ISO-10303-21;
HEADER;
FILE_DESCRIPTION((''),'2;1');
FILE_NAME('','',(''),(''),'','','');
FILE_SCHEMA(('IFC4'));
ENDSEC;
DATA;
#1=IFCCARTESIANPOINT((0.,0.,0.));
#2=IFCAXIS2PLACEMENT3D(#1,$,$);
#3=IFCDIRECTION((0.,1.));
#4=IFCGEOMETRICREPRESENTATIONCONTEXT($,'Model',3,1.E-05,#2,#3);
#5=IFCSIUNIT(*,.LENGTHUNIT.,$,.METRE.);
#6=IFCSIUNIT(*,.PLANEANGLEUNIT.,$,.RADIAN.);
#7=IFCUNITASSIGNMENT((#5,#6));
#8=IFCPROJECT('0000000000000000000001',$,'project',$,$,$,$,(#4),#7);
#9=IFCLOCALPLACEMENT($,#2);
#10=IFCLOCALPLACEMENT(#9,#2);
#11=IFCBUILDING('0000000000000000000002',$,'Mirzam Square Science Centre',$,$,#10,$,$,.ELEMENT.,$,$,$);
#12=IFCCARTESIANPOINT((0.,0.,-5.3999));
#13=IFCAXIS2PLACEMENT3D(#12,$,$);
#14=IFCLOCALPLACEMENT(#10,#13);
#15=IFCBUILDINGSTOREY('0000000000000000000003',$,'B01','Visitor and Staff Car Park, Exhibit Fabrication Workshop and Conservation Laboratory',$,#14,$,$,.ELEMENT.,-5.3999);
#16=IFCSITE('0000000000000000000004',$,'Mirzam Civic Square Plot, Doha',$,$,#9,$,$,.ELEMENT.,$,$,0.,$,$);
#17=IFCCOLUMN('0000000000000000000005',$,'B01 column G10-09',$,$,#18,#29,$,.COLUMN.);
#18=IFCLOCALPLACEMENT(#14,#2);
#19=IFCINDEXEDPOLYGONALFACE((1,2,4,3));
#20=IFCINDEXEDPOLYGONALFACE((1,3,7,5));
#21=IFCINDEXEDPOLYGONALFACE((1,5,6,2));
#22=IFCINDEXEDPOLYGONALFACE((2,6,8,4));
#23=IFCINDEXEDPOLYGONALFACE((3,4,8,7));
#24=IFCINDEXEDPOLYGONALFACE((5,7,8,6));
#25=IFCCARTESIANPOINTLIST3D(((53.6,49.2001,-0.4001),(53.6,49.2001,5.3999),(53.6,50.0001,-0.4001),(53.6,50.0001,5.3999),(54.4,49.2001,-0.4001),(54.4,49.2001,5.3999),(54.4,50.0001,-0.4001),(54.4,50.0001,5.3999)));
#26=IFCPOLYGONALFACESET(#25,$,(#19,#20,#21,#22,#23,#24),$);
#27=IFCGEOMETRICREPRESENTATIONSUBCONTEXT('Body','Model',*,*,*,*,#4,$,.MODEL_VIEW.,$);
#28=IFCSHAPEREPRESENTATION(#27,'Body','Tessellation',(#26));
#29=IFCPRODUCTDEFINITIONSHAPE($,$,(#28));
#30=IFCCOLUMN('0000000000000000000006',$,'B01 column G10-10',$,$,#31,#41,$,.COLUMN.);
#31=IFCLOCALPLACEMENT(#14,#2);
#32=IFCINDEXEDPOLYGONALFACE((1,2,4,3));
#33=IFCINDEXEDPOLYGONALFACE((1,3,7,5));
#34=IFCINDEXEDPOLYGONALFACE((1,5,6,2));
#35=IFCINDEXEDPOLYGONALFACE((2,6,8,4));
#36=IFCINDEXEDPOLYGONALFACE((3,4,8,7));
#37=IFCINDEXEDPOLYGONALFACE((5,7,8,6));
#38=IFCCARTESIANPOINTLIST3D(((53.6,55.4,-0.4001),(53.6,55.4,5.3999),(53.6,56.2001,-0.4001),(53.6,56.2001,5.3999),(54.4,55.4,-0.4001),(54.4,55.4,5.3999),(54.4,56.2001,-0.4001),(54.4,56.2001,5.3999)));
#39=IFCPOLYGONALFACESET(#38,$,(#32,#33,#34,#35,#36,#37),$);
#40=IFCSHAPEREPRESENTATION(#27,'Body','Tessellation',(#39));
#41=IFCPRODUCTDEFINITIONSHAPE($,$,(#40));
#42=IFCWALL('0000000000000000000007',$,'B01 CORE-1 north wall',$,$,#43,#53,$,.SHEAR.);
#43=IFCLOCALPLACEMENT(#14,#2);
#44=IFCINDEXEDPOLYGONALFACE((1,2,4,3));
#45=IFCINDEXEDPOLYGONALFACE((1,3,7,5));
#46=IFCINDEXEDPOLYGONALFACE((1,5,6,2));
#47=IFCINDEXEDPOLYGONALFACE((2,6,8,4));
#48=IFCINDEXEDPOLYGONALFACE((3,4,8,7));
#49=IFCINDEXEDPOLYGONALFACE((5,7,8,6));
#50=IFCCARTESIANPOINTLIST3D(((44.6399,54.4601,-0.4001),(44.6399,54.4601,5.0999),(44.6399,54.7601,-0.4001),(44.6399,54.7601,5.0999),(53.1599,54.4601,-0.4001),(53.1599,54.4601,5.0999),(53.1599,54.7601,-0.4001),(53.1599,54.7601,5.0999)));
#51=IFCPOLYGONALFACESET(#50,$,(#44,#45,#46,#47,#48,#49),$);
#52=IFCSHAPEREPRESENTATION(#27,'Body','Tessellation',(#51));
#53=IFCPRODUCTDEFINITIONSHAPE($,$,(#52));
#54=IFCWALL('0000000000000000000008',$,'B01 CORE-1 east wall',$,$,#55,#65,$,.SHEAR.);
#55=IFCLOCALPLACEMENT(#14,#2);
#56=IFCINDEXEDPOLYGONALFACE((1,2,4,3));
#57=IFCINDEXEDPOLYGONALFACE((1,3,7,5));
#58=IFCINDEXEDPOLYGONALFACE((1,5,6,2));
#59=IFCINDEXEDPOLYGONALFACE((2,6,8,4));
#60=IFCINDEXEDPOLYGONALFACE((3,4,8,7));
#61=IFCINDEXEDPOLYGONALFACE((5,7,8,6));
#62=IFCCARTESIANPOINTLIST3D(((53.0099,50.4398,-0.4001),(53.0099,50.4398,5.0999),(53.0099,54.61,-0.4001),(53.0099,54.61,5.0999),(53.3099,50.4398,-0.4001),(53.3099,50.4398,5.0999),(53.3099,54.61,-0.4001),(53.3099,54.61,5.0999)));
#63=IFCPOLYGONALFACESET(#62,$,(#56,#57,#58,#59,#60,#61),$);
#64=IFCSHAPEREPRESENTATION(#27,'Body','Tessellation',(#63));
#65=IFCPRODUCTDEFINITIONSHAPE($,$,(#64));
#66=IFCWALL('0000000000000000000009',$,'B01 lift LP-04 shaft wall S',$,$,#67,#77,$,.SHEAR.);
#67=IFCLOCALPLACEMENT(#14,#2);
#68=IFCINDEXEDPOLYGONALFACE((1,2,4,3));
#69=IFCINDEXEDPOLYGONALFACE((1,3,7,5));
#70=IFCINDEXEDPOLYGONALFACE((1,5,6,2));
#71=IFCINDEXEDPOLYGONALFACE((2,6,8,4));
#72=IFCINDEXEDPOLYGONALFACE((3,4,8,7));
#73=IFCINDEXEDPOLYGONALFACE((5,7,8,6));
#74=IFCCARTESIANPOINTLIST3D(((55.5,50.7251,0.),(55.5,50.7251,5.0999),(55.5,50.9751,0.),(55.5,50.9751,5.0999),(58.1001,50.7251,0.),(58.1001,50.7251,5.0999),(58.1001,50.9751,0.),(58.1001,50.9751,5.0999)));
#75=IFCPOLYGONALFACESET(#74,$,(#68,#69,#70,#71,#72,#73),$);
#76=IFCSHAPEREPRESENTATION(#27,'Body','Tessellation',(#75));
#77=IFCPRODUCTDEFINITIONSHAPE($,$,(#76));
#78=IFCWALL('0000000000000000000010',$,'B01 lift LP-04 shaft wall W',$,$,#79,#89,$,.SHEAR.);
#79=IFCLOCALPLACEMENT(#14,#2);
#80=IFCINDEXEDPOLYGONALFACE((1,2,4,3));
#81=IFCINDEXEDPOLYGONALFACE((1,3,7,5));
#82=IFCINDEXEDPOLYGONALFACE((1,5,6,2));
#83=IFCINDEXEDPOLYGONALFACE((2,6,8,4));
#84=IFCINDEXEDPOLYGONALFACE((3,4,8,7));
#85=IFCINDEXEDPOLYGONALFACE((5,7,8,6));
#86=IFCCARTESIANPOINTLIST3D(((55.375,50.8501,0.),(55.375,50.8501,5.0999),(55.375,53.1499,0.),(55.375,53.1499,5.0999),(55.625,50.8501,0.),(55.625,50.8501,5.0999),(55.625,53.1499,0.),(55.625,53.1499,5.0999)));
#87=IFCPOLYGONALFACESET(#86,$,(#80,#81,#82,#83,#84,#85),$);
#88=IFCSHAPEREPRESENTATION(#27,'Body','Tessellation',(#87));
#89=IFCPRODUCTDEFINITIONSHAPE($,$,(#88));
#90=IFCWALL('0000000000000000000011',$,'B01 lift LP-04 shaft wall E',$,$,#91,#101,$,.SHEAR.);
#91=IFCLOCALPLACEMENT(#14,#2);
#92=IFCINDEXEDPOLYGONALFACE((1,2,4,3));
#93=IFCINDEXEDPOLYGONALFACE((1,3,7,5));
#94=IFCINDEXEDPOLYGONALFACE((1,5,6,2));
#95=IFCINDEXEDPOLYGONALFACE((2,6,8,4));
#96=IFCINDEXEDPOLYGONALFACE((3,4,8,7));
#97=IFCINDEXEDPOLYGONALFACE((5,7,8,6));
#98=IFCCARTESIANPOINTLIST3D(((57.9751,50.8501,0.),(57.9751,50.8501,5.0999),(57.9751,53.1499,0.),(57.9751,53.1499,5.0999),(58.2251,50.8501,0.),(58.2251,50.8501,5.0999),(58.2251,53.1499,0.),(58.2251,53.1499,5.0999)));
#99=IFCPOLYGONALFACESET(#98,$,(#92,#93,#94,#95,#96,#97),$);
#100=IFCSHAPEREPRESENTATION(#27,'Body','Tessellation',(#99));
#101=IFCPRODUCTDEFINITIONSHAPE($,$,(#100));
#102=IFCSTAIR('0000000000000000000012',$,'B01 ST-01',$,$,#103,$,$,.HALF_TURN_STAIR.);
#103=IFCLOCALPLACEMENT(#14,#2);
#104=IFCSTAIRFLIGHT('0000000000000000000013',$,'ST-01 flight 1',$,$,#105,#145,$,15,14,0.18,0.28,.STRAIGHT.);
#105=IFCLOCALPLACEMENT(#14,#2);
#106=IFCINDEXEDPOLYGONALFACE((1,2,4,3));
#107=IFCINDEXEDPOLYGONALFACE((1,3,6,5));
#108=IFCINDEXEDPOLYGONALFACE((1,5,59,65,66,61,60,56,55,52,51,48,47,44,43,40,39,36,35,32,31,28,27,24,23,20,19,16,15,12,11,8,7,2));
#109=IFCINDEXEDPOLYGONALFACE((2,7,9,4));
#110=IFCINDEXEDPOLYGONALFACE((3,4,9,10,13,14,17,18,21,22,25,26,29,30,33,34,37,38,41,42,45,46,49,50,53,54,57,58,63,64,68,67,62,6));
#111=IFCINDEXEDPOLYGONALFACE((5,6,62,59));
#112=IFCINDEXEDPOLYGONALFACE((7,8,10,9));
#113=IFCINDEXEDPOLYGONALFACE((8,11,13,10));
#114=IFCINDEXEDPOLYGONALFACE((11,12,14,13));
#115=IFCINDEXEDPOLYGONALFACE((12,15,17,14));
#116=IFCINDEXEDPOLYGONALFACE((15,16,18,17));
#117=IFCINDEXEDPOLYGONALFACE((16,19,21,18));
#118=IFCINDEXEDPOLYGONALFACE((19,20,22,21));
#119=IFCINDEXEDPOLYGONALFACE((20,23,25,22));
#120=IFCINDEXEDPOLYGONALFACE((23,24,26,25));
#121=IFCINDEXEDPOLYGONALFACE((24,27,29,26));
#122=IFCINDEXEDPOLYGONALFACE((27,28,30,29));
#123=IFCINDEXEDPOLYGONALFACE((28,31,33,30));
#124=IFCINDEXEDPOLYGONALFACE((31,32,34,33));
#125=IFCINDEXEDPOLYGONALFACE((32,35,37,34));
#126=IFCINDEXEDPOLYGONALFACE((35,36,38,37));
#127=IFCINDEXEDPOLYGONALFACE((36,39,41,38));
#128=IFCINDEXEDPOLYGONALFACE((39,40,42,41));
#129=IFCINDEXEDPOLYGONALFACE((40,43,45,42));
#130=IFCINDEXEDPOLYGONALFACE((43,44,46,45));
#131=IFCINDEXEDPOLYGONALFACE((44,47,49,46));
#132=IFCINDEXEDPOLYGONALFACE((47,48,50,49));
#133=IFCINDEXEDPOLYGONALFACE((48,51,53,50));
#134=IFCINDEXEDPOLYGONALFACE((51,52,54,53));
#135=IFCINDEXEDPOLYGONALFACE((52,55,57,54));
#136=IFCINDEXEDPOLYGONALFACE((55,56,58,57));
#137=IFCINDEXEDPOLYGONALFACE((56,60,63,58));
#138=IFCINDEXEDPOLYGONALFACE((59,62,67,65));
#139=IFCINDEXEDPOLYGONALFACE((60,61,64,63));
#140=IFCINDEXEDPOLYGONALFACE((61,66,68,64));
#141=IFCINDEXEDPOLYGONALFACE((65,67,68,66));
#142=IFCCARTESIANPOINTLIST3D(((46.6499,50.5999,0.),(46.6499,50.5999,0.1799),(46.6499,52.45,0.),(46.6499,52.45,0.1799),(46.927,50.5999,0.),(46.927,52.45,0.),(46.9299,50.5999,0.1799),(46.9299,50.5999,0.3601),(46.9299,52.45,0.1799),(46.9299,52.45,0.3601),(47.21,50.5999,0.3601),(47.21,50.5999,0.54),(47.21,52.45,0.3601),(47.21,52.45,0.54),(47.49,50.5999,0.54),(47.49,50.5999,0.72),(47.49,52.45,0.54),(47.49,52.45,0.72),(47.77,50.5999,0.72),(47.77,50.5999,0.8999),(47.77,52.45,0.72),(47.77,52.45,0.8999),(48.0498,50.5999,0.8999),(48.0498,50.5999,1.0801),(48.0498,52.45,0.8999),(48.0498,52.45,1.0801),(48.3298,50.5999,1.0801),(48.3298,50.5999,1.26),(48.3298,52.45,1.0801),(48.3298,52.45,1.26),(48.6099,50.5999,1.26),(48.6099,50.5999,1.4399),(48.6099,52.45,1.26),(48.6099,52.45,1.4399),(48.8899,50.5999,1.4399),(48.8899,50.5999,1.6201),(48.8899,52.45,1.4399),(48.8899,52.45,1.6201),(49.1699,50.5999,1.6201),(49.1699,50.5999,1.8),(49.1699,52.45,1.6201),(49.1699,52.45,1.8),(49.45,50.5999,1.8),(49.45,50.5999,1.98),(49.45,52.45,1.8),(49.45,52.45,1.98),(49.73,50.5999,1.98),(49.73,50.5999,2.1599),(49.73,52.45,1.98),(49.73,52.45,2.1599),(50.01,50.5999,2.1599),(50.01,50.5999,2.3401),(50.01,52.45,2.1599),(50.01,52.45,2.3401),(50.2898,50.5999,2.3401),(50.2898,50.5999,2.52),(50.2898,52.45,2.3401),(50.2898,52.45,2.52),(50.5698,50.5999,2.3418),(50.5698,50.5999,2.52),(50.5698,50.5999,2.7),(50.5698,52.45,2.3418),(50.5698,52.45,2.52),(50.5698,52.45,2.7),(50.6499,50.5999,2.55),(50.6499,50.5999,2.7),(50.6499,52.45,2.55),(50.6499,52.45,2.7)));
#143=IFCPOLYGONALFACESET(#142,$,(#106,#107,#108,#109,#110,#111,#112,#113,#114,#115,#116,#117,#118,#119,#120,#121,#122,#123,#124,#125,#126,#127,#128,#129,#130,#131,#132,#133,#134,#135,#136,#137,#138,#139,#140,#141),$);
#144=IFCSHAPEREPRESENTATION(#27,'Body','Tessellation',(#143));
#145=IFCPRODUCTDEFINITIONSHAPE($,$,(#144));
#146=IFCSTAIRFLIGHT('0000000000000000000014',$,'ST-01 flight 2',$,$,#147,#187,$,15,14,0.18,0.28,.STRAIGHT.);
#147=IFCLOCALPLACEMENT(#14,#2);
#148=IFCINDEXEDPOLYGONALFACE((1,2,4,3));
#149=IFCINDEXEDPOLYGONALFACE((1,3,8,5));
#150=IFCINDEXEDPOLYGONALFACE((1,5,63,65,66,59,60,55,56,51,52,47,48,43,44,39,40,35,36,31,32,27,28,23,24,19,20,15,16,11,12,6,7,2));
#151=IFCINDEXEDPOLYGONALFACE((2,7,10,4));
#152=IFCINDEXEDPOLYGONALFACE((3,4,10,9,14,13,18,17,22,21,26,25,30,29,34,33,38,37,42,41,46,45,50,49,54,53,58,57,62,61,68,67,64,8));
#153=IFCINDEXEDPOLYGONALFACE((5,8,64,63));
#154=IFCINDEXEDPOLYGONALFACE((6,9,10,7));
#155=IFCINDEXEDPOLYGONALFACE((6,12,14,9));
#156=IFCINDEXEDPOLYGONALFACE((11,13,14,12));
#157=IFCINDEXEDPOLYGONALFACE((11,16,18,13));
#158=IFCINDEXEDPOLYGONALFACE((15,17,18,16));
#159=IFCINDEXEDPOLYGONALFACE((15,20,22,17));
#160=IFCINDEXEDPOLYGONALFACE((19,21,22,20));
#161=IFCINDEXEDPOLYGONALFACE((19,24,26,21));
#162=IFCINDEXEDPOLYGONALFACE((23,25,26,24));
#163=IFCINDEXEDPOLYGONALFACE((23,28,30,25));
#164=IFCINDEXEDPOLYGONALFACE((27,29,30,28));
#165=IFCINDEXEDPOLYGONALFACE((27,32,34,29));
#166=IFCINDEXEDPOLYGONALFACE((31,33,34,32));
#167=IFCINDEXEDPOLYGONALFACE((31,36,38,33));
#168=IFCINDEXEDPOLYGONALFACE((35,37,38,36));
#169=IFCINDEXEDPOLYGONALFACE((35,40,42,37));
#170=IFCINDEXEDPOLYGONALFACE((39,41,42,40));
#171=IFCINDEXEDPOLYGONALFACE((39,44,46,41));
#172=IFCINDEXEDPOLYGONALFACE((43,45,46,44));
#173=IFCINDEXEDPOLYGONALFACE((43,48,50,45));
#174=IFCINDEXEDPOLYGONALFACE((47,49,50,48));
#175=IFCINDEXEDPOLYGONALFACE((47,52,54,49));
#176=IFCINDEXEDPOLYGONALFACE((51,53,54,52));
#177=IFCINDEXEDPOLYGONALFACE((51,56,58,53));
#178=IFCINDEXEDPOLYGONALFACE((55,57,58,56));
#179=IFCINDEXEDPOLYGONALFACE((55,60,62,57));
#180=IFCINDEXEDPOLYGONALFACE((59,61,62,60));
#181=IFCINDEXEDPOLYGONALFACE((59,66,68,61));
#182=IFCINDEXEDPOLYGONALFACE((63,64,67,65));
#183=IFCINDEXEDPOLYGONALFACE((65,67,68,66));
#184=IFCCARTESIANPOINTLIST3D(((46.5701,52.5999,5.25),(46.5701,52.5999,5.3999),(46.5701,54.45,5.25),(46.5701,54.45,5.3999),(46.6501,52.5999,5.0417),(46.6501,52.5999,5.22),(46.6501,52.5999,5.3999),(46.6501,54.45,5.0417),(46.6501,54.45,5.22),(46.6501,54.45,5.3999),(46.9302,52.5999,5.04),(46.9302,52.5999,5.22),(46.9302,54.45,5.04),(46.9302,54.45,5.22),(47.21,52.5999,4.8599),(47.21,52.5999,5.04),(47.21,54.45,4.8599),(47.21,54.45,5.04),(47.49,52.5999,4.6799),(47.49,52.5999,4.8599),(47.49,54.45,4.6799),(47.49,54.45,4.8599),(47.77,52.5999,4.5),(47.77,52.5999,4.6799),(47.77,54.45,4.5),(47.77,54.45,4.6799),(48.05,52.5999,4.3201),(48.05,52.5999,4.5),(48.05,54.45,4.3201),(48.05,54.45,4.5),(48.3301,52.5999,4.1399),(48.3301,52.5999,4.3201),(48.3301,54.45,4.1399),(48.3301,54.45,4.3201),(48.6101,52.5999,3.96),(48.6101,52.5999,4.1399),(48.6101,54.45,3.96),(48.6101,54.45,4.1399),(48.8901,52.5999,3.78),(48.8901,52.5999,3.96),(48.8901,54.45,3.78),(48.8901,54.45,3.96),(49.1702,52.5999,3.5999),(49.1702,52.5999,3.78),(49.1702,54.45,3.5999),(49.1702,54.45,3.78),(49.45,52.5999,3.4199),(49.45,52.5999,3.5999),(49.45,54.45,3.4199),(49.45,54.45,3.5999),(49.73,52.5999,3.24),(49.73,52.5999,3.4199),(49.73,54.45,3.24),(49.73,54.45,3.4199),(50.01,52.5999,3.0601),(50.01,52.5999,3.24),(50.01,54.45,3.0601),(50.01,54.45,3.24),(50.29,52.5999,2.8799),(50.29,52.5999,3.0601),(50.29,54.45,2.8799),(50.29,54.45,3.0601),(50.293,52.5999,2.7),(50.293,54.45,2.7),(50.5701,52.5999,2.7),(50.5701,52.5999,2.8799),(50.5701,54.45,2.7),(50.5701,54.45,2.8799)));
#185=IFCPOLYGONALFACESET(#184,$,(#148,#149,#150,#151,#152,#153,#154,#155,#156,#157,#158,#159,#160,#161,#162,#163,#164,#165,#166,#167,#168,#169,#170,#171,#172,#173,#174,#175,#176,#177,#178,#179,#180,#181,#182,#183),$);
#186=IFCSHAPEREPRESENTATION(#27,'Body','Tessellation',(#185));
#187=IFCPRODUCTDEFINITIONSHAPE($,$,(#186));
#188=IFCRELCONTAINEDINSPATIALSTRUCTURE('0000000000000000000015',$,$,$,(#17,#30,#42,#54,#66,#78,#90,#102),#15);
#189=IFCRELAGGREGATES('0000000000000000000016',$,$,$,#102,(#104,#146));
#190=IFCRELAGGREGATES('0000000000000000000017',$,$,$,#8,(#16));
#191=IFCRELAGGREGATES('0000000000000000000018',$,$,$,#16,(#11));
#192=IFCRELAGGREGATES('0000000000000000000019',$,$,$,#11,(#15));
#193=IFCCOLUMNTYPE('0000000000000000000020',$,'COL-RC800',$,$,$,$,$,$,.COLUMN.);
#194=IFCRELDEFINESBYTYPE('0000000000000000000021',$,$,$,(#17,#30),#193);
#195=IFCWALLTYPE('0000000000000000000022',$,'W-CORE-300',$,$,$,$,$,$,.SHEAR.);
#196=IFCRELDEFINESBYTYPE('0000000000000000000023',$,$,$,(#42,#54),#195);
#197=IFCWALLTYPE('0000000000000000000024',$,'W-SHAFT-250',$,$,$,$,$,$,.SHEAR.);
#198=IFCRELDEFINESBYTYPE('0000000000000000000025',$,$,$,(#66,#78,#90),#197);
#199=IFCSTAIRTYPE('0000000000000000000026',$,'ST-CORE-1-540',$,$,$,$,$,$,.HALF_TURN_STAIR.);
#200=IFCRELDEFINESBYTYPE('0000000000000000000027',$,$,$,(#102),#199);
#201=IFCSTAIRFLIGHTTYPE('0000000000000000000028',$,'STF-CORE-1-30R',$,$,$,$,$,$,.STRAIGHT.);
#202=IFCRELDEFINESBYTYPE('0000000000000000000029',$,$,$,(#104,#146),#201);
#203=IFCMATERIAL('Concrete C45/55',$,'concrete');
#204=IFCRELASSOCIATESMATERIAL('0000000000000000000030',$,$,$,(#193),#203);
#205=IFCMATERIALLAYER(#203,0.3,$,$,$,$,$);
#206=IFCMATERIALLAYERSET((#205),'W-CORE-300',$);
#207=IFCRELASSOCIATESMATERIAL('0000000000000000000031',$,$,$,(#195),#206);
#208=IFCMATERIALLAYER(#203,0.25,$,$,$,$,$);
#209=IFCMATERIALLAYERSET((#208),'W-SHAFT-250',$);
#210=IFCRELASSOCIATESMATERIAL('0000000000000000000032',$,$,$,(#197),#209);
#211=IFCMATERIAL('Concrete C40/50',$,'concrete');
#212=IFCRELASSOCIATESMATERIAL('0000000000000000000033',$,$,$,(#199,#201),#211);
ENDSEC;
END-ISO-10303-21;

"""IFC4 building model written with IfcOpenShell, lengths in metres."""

from ifc_helpers import new_model, si_unit, direction, frame, frame_2d, origin, origin_2d, place, context, subcontext, project, spatial, polyline, rectangle, outline, extrude, material, layer, layer_set, material_profile, profile_set, type_object, element, aggregate, save


model = new_model("IFC4")

# Units and contexts
model_context = context("Model", 3, precision=1e-05, world=origin(), true_north=direction((0.0, 1.0)))
body_context = subcontext(model_context, "Body", "Model", "MODEL_VIEW")
ifc_project = project(units=[si_unit("LENGTHUNIT", "METRE"), si_unit("PLANEANGLEUNIT", "RADIAN")], contexts=[model_context])

# Site, building, storey
site_placement = place(None, origin())
site = spatial("IfcSite", under=ifc_project, at=site_placement, Name="Mirzam Civic Square Plot, Doha", CompositionType="ELEMENT", RefElevation=0.0)
building_placement = place(site_placement, origin())
building = spatial("IfcBuilding", under=site, at=building_placement, Name="Mirzam Square Science Centre", CompositionType="ELEMENT")
storey_placement = place(building_placement, frame((0.0, 0.0, -5.3999)))
storey = spatial("IfcBuildingStorey", under=building, at=storey_placement, Name="B01", Description="Visitor and Staff Car Park, Exhibit Fabrication Workshop and Conservation Laboratory", CompositionType="ELEMENT", Elevation=-5.3999)

# Shared definitions
ifc_material_1 = material(Name="Concrete C45/55", Category="concrete")

# Columns
ifc_material_profile_1 = material_profile(ifc_material_1, rectangle(XDim=0.8, YDim=0.8, at=origin_2d()), Name="RC800x800")
ifc_profile_set_1 = profile_set([ifc_material_profile_1], Name="Concrete C45/55")
column_type = type_object("IfcColumnType", Name="COL-RC800", PredefinedType="COLUMN", material=ifc_profile_set_1)
for number, where, z_axis, x_axis, name in (
    (1, (54.0, 49.6001, -0.4001), (0.0, 0.0, 1.0), (1.0, 0.0, 0.0), "B01 column G10-09"),
    (2, (54.0, 55.8, -0.4001), (0.0, 0.0, 1.0), (1.0, 0.0, 0.0), "B01 column G10-10"),
):
    element("IfcColumn", number, at=place(storey_placement, frame(where, z_axis=z_axis, x_axis=x_axis)), inside=storey, type_object=column_type, Name=name, PredefinedType="COLUMN", context=body_context, shape_type="SweptSolid", body=[
        extrude(rectangle(XDim=0.8, YDim=0.8, at=origin_2d()), origin(), (0.0, 0.0, 1.0), 5.8),
    ])

# Walls
ifc_layer_1 = layer(ifc_material_1, 0.3)
ifc_layer_set_1 = layer_set([ifc_layer_1], Name="W-CORE-300")
wall_type_1 = type_object("IfcWallType", Name="W-CORE-300", PredefinedType="SHEAR", material=ifc_layer_set_1)
wall_1_placement = place(storey_placement, frame((53.1599, 54.6101, -0.4001), z_axis=(0.0, 0.0, 1.0), x_axis=(-1.0, 0.0, 0.0)))
element("IfcWall", 3, at=wall_1_placement, inside=storey, type_object=wall_type_1, Name="B01 CORE-1 north wall", PredefinedType="SHEAR", context=body_context, shape_type="SweptSolid", body=[
    extrude(rectangle(XDim=8.52, YDim=0.3, at=frame_2d((4.26, 0.0))), origin(), (0.0, 0.0, 1.0), 5.5),
])
wall_2_placement = place(storey_placement, frame((53.1599, 50.4399, -0.4001), z_axis=(0.0, 0.0, 1.0), x_axis=(0.0, 1.0, 0.0)))
element("IfcWall", 4, at=wall_2_placement, inside=storey, type_object=wall_type_1, Name="B01 CORE-1 east wall", PredefinedType="SHEAR", context=body_context, shape_type="SweptSolid", body=[
    extrude(rectangle(XDim=4.1702, YDim=0.3, at=frame_2d((2.085, 0.0))), origin(), (0.0, 0.0, 1.0), 5.5),
])
ifc_layer_2 = layer(ifc_material_1, 0.25)
ifc_layer_set_2 = layer_set([ifc_layer_2], Name="W-SHAFT-250")
wall_type_2 = type_object("IfcWallType", Name="W-SHAFT-250", PredefinedType="SHEAR", material=ifc_layer_set_2)
wall_3_placement = place(storey_placement, frame((55.5, 50.8501, 0.0), z_axis=(0.0, 0.0, 1.0), x_axis=(1.0, 0.0, 0.0)))
element("IfcWall", 5, at=wall_3_placement, inside=storey, type_object=wall_type_2, Name="B01 lift LP-04 shaft wall S", PredefinedType="SHEAR", context=body_context, shape_type="SweptSolid", body=[
    extrude(rectangle(XDim=2.6001, YDim=0.25, at=frame_2d((1.3, 0.0))), origin(), (0.0, 0.0, 1.0), 5.0999),
])

# Walls
for number, where, z_axis, x_axis, name in (
    (6, (55.5, 53.1499, 0.0), (0.0, 0.0, 1.0), (0.0, -1.0, 0.0), "B01 lift LP-04 shaft wall W"),
    (7, (58.1001, 50.8501, 0.0), (0.0, 0.0, 1.0), (0.0, 1.0, 0.0), "B01 lift LP-04 shaft wall E"),
):
    element("IfcWall", number, at=place(storey_placement, frame(where, z_axis=z_axis, x_axis=x_axis)), inside=storey, type_object=wall_type_2, Name=name, PredefinedType="SHEAR", context=body_context, shape_type="SweptSolid", body=[
        extrude(rectangle(XDim=2.2998, YDim=0.25, at=frame_2d((1.1499, 0.0))), origin(), (0.0, 0.0, 1.0), 5.0999),
    ])

# Stair, stair flights
ifc_material_2 = material(Name="Concrete C40/50", Category="concrete")
stair_type = type_object("IfcStairType", Name="ST-CORE-1-540", PredefinedType="HALF_TURN_STAIR", material=ifc_material_2)
stair_placement = place(storey_placement, origin())
stair = element("IfcStair", 8, at=stair_placement, inside=storey, type_object=stair_type, Name="B01 ST-01", PredefinedType="HALF_TURN_STAIR")
stair_flight_type = type_object("IfcStairFlightType", Name="STF-CORE-1-30R", PredefinedType="STRAIGHT", material=ifc_material_2)
stair_flight_1_placement = place(storey_placement, frame((46.6499, 51.5249, 0.0), z_axis=(0.0, 0.0, 1.0), x_axis=(1.0, 0.0, 0.0)))
stair_flight_1 = element("IfcStairFlight", 9, at=stair_flight_1_placement, type_object=stair_flight_type, Name="ST-01 flight 1", NumberOfRisers=15, NumberOfTreads=14, PredefinedType="STRAIGHT", RiserHeight=0.18, TreadLength=0.28, context=body_context, shape_type="SweptSolid", body=[
    extrude(outline(polyline([(0.0, 0.0), (0.0, 0.1799), (0.28, 0.1799), (0.28, 0.3601), (0.5601, 0.3601), (0.5601, 0.54), (0.8401, 0.54), (0.8401, 0.72), (1.1201, 0.72), (1.1201, 0.8999), (1.3999, 0.8999), (1.3999, 1.0801), (1.6799, 1.0801), (1.6799, 1.26), (1.96, 1.26), (1.96, 1.4399), (2.24, 1.4399), (2.24, 1.6201), (2.52, 1.6201), (2.52, 1.8), (2.8, 1.8), (2.8, 1.98), (3.0801, 1.98), (3.0801, 2.1599), (3.3601, 2.1599), (3.3601, 2.3401), (3.6399, 2.3401), (3.6399, 2.52), (3.9199, 2.52), (3.9199, 2.7), (4.0, 2.7), (4.0, 2.55), (3.9199, 2.3418), (0.2771, 0.0), (0.0, 0.0)])), frame((0.0, 0.925, 0.0), z_axis=(0.0, -1.0, 0.0), x_axis=(1.0, 0.0, 0.0)), (0.0, 0.0, 1.0), 1.8501),
])
stair_flight_2_placement = place(storey_placement, frame((50.5701, 53.5249, 2.7), z_axis=(0.0, 0.0, 1.0), x_axis=(-1.0, 0.0, 0.0)))
stair_flight_2 = element("IfcStairFlight", 10, at=stair_flight_2_placement, type_object=stair_flight_type, Name="ST-01 flight 2", NumberOfRisers=15, NumberOfTreads=14, PredefinedType="STRAIGHT", RiserHeight=0.18, TreadLength=0.28, context=body_context, shape_type="SweptSolid", body=[
    extrude(outline(polyline([(0.0, 0.0), (0.0, 0.1799), (0.28, 0.1799), (0.28, 0.3601), (0.5601, 0.3601), (0.5601, 0.54), (0.8401, 0.54), (0.8401, 0.72), (1.1201, 0.72), (1.1201, 0.8999), (1.3999, 0.8999), (1.3999, 1.0801), (1.6799, 1.0801), (1.6799, 1.26), (1.96, 1.26), (1.96, 1.4399), (2.24, 1.4399), (2.24, 1.6201), (2.52, 1.6201), (2.52, 1.8), (2.8, 1.8), (2.8, 1.98), (3.0801, 1.98), (3.0801, 2.1599), (3.3601, 2.1599), (3.3601, 2.3401), (3.6399, 2.3401), (3.6399, 2.52), (3.9199, 2.52), (3.9199, 2.7), (4.0, 2.7), (4.0, 2.55), (3.9199, 2.3418), (0.2771, 0.0), (0.0, 0.0)])), frame((0.0, 0.925, 0.0), z_axis=(0.0, -1.0, 0.0), x_axis=(1.0, 0.0, 0.0)), (0.0, 0.0, 1.0), 1.8501),
])
aggregate(stair, [stair_flight_1, stair_flight_2])

save(model, "model.ifc")
